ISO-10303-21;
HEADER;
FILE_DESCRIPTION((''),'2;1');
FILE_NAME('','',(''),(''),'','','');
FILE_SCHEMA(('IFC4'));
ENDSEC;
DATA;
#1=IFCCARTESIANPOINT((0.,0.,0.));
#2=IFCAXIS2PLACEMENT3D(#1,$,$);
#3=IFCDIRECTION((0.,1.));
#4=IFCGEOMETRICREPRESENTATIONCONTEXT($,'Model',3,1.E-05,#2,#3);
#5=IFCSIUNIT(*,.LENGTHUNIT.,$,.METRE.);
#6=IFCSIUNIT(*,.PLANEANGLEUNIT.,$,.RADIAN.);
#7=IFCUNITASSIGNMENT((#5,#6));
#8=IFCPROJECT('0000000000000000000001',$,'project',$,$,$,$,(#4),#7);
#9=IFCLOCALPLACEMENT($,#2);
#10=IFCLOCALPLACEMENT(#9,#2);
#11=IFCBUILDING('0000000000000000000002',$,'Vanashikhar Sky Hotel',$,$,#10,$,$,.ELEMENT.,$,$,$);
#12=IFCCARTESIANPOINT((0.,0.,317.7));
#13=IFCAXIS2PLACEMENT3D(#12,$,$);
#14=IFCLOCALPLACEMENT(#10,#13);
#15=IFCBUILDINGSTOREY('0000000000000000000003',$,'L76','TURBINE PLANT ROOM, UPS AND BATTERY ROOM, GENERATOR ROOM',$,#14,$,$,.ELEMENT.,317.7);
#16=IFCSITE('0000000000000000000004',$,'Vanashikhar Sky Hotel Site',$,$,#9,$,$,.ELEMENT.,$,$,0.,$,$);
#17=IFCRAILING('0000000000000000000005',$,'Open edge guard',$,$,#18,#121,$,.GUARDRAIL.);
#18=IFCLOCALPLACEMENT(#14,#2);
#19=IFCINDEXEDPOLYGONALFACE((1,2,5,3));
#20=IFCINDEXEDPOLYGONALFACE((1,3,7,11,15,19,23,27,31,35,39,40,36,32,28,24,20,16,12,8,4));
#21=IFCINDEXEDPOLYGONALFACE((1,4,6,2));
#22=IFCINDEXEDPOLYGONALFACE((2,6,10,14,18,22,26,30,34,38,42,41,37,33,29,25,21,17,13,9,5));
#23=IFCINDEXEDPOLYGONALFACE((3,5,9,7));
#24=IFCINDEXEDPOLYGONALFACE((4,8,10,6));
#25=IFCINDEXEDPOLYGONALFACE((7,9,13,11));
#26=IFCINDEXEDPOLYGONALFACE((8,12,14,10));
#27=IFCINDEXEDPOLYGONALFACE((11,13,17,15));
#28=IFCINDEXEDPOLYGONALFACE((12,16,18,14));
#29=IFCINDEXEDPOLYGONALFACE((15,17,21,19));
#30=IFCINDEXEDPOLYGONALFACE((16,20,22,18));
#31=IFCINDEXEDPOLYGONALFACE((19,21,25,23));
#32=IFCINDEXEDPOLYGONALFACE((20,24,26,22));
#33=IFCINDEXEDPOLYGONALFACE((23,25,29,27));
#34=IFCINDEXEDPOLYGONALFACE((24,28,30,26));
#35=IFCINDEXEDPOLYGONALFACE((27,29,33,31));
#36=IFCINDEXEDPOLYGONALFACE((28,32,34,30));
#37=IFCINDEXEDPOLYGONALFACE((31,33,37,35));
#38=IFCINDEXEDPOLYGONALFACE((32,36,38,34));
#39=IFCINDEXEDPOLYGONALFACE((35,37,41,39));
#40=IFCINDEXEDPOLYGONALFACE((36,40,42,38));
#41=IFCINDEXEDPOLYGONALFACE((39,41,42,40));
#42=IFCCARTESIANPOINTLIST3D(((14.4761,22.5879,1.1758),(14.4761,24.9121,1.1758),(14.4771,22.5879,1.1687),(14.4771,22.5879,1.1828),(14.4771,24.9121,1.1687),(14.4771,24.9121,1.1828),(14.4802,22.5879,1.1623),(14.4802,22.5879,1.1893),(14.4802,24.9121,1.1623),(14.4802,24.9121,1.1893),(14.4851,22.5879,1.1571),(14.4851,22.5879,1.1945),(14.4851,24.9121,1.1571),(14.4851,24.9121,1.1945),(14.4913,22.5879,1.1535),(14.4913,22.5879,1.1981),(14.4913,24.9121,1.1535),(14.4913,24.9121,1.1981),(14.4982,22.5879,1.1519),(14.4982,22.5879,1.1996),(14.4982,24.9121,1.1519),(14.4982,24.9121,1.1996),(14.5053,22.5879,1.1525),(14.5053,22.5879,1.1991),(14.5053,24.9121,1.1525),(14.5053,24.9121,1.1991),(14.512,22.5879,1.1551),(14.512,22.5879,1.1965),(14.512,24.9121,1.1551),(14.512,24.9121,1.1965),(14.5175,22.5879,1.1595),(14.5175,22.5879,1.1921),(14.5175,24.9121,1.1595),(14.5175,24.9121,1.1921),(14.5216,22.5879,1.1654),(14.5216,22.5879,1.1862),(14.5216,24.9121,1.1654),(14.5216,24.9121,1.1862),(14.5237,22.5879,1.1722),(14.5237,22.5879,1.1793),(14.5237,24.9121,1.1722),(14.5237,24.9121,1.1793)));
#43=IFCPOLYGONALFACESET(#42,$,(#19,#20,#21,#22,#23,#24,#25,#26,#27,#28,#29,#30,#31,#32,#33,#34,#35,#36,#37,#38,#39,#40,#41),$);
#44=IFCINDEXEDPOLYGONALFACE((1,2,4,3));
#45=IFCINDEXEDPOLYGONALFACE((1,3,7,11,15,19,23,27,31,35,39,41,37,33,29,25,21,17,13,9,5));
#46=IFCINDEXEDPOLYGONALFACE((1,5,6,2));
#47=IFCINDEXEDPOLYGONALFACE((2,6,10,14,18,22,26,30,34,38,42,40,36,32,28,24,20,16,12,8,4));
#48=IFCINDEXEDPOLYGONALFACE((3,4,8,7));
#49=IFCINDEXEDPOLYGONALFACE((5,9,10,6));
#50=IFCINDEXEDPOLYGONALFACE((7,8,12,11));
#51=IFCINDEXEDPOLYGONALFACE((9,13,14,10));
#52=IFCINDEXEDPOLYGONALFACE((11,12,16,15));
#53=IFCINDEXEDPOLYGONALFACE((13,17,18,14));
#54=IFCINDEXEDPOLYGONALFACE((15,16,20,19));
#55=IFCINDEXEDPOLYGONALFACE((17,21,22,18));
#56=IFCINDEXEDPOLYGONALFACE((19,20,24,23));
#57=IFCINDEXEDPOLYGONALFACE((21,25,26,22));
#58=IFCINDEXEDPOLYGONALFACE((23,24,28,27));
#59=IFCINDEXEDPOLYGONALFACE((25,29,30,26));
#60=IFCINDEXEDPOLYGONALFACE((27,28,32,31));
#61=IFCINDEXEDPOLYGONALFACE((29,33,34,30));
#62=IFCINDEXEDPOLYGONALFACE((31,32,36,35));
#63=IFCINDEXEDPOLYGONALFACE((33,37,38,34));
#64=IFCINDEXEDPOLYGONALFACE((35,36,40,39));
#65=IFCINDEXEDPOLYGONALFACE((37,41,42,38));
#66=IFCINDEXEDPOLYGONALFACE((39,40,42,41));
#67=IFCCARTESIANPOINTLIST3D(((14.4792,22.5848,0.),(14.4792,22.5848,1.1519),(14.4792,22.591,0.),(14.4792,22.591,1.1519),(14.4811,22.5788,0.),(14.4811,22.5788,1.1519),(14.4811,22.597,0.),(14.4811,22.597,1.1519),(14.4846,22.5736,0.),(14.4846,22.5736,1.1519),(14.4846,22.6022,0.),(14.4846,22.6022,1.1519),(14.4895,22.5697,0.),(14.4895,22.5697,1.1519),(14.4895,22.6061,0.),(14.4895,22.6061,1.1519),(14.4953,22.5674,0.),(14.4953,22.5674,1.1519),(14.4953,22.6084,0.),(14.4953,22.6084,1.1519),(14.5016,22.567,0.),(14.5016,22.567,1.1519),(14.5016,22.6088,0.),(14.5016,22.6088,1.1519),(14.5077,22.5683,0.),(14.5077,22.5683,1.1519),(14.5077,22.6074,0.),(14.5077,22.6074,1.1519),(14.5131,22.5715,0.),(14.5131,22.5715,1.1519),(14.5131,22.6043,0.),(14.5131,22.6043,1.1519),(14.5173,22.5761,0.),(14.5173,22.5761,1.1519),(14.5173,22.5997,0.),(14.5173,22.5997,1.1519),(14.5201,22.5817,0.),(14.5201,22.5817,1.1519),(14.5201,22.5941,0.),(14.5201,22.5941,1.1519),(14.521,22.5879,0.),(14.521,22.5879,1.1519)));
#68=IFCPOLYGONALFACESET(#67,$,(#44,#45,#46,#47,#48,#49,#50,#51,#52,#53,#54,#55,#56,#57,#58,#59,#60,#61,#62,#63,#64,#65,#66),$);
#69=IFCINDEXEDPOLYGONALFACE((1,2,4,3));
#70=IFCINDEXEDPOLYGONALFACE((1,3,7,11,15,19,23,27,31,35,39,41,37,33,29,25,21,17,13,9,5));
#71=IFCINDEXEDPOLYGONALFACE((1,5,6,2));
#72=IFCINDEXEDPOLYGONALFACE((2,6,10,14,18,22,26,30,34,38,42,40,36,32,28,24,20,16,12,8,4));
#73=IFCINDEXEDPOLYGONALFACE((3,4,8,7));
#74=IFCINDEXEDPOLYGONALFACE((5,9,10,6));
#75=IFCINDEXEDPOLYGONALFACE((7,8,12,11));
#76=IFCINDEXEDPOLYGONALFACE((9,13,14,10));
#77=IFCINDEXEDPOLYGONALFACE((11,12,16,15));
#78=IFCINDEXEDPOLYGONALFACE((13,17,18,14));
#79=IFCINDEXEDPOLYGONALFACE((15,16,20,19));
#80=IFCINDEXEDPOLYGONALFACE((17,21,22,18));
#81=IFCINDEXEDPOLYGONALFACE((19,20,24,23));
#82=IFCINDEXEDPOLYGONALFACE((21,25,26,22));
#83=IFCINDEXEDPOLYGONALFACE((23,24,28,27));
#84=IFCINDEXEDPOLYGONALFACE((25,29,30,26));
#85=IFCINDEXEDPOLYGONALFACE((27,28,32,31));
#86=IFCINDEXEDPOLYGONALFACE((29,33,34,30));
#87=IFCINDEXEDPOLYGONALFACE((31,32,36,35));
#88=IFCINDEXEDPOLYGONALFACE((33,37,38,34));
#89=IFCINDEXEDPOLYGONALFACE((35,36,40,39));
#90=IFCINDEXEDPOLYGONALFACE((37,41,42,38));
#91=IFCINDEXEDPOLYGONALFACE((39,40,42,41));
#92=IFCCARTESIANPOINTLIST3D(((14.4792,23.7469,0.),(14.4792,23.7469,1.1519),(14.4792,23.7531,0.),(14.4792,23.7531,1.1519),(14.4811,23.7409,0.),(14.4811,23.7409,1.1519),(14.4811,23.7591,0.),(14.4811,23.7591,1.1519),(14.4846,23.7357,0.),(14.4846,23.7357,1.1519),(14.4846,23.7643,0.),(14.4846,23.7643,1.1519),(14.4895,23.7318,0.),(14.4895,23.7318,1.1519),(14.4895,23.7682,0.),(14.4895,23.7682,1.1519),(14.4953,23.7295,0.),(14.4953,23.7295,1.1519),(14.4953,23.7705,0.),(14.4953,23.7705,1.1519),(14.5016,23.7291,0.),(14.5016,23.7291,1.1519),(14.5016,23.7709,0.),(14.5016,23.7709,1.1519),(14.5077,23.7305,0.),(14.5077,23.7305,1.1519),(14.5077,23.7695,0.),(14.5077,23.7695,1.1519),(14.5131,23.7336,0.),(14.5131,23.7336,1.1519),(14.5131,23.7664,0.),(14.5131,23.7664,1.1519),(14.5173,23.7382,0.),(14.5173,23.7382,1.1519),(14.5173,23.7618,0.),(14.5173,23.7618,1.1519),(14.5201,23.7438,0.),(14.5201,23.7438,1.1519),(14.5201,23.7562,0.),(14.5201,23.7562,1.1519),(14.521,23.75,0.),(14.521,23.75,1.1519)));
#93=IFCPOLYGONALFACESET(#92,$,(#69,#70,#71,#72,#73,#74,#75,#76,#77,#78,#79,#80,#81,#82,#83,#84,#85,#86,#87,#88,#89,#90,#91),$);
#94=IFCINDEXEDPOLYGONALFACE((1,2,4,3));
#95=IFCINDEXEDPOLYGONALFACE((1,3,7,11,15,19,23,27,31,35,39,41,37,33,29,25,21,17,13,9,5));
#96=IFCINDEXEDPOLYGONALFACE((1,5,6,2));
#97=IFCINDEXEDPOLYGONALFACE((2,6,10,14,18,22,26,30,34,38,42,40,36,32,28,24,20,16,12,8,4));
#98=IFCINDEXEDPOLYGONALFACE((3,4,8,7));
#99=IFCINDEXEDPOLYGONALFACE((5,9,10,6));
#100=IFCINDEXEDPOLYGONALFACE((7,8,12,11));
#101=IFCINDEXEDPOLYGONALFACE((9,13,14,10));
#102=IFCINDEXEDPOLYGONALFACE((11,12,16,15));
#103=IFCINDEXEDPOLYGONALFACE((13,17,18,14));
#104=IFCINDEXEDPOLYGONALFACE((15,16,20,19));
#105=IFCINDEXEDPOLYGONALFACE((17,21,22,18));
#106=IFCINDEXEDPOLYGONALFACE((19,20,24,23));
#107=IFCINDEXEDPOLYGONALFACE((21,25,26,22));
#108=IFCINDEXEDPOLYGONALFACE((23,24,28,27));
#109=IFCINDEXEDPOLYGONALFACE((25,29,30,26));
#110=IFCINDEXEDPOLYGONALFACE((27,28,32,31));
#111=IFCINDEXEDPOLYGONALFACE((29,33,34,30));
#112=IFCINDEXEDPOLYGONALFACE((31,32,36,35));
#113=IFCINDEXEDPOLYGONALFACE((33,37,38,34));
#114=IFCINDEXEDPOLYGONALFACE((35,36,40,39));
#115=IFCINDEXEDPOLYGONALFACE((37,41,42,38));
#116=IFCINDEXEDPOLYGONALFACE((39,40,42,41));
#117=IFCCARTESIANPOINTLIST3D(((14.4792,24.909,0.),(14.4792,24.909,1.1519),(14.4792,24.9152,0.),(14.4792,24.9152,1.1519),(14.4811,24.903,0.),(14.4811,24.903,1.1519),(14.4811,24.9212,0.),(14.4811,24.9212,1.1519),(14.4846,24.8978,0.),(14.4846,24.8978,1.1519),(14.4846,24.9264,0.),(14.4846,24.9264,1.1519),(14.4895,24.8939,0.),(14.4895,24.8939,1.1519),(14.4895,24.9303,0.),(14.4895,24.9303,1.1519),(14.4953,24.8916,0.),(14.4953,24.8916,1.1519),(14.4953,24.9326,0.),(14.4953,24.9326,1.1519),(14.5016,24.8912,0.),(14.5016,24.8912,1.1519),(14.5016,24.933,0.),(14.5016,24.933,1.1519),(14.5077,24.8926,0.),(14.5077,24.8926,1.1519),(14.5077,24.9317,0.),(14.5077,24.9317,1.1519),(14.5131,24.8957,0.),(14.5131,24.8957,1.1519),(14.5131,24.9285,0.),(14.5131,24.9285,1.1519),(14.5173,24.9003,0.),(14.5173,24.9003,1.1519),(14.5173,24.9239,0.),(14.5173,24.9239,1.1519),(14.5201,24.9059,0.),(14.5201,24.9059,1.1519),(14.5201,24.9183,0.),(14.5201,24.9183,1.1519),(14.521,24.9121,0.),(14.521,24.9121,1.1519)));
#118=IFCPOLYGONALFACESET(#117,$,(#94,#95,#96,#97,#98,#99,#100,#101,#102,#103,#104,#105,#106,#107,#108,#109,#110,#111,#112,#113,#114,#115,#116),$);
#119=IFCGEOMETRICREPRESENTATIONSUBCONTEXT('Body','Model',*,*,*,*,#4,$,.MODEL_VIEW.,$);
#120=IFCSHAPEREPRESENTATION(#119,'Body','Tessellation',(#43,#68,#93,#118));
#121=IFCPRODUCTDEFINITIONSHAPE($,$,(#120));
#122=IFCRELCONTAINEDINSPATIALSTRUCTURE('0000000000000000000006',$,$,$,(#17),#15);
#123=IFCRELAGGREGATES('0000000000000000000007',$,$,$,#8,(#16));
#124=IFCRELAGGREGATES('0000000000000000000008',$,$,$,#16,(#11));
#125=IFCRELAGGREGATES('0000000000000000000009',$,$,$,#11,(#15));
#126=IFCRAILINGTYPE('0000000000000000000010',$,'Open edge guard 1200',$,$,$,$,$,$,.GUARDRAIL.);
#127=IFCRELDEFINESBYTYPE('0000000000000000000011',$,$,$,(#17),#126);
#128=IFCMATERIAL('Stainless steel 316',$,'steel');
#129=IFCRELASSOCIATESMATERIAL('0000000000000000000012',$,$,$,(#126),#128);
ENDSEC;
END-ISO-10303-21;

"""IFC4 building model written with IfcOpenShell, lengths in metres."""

from ifc_helpers import new_model, si_unit, direction, frame, origin, origin_2d, place, context, subcontext, project, spatial, circle, extrude, source, transform, mapped, material, type_object, element, save


model = new_model("IFC4")

# Units and contexts
model_context = context("Model", 3, precision=1e-05, world=origin(), true_north=direction((0.0, 1.0)))
body_context = subcontext(model_context, "Body", "Model", "MODEL_VIEW")
ifc_project = project(units=[si_unit("LENGTHUNIT", "METRE"), si_unit("PLANEANGLEUNIT", "RADIAN")], contexts=[model_context])

# Site, building, storey
site_placement = place(None, origin())
site = spatial("IfcSite", under=ifc_project, at=site_placement, Name="Vanashikhar Sky Hotel Site", CompositionType="ELEMENT", RefElevation=0.0)
building_placement = place(site_placement, origin())
building = spatial("IfcBuilding", under=site, at=building_placement, Name="Vanashikhar Sky Hotel", CompositionType="ELEMENT")
storey_placement = place(building_placement, frame((0.0, 0.0, 317.7)))
storey = spatial("IfcBuildingStorey", under=building, at=storey_placement, Name="L76", Description="TURBINE PLANT ROOM, UPS AND BATTERY ROOM, GENERATOR ROOM", CompositionType="ELEMENT", Elevation=317.7)

# Railing
ifc_material_1 = material(Name="Stainless steel 316", Category="steel")
railing_type_1 = type_object("IfcRailingType", Name="Open edge guard 1200", PredefinedType="GUARDRAIL", material=ifc_material_1)
shared_shape_1 = source(origin(), body_context, "Body", "SweptSolid", [
    extrude(circle(Radius=0.0239, at=origin_2d()), frame((0.0, 0.0, 1.1758), z_axis=(0.0, 1.0, 0.0), x_axis=(-1.0, 0.0, 0.0)), (0.0, 0.0, 1.0), 2.3242),
    extrude(circle(Radius=0.021, at=origin_2d()), origin(), (0.0, 0.0, 1.0), 1.1519),
    extrude(circle(Radius=0.021, at=origin_2d()), frame((0.0, 1.1621, 0.0)), (0.0, 0.0, 1.0), 1.1519),
    extrude(circle(Radius=0.021, at=origin_2d()), frame((0.0, 2.3242, 0.0)), (0.0, 0.0, 1.0), 1.1519),
])
for number, where, name in (
    (1, (14.5, 22.5879, 0.0), "Open edge guard"),
):
    element("IfcRailing", number, at=place(storey_placement, frame(where)), inside=storey, type_object=railing_type_1, Name=name, PredefinedType="GUARDRAIL", context=body_context, shape_type="MappedRepresentation", body=[
        mapped(shared_shape_1, transform((0.0, 0.0, 0.0), scale=1.0)),
    ])

save(model, "model.ifc")
